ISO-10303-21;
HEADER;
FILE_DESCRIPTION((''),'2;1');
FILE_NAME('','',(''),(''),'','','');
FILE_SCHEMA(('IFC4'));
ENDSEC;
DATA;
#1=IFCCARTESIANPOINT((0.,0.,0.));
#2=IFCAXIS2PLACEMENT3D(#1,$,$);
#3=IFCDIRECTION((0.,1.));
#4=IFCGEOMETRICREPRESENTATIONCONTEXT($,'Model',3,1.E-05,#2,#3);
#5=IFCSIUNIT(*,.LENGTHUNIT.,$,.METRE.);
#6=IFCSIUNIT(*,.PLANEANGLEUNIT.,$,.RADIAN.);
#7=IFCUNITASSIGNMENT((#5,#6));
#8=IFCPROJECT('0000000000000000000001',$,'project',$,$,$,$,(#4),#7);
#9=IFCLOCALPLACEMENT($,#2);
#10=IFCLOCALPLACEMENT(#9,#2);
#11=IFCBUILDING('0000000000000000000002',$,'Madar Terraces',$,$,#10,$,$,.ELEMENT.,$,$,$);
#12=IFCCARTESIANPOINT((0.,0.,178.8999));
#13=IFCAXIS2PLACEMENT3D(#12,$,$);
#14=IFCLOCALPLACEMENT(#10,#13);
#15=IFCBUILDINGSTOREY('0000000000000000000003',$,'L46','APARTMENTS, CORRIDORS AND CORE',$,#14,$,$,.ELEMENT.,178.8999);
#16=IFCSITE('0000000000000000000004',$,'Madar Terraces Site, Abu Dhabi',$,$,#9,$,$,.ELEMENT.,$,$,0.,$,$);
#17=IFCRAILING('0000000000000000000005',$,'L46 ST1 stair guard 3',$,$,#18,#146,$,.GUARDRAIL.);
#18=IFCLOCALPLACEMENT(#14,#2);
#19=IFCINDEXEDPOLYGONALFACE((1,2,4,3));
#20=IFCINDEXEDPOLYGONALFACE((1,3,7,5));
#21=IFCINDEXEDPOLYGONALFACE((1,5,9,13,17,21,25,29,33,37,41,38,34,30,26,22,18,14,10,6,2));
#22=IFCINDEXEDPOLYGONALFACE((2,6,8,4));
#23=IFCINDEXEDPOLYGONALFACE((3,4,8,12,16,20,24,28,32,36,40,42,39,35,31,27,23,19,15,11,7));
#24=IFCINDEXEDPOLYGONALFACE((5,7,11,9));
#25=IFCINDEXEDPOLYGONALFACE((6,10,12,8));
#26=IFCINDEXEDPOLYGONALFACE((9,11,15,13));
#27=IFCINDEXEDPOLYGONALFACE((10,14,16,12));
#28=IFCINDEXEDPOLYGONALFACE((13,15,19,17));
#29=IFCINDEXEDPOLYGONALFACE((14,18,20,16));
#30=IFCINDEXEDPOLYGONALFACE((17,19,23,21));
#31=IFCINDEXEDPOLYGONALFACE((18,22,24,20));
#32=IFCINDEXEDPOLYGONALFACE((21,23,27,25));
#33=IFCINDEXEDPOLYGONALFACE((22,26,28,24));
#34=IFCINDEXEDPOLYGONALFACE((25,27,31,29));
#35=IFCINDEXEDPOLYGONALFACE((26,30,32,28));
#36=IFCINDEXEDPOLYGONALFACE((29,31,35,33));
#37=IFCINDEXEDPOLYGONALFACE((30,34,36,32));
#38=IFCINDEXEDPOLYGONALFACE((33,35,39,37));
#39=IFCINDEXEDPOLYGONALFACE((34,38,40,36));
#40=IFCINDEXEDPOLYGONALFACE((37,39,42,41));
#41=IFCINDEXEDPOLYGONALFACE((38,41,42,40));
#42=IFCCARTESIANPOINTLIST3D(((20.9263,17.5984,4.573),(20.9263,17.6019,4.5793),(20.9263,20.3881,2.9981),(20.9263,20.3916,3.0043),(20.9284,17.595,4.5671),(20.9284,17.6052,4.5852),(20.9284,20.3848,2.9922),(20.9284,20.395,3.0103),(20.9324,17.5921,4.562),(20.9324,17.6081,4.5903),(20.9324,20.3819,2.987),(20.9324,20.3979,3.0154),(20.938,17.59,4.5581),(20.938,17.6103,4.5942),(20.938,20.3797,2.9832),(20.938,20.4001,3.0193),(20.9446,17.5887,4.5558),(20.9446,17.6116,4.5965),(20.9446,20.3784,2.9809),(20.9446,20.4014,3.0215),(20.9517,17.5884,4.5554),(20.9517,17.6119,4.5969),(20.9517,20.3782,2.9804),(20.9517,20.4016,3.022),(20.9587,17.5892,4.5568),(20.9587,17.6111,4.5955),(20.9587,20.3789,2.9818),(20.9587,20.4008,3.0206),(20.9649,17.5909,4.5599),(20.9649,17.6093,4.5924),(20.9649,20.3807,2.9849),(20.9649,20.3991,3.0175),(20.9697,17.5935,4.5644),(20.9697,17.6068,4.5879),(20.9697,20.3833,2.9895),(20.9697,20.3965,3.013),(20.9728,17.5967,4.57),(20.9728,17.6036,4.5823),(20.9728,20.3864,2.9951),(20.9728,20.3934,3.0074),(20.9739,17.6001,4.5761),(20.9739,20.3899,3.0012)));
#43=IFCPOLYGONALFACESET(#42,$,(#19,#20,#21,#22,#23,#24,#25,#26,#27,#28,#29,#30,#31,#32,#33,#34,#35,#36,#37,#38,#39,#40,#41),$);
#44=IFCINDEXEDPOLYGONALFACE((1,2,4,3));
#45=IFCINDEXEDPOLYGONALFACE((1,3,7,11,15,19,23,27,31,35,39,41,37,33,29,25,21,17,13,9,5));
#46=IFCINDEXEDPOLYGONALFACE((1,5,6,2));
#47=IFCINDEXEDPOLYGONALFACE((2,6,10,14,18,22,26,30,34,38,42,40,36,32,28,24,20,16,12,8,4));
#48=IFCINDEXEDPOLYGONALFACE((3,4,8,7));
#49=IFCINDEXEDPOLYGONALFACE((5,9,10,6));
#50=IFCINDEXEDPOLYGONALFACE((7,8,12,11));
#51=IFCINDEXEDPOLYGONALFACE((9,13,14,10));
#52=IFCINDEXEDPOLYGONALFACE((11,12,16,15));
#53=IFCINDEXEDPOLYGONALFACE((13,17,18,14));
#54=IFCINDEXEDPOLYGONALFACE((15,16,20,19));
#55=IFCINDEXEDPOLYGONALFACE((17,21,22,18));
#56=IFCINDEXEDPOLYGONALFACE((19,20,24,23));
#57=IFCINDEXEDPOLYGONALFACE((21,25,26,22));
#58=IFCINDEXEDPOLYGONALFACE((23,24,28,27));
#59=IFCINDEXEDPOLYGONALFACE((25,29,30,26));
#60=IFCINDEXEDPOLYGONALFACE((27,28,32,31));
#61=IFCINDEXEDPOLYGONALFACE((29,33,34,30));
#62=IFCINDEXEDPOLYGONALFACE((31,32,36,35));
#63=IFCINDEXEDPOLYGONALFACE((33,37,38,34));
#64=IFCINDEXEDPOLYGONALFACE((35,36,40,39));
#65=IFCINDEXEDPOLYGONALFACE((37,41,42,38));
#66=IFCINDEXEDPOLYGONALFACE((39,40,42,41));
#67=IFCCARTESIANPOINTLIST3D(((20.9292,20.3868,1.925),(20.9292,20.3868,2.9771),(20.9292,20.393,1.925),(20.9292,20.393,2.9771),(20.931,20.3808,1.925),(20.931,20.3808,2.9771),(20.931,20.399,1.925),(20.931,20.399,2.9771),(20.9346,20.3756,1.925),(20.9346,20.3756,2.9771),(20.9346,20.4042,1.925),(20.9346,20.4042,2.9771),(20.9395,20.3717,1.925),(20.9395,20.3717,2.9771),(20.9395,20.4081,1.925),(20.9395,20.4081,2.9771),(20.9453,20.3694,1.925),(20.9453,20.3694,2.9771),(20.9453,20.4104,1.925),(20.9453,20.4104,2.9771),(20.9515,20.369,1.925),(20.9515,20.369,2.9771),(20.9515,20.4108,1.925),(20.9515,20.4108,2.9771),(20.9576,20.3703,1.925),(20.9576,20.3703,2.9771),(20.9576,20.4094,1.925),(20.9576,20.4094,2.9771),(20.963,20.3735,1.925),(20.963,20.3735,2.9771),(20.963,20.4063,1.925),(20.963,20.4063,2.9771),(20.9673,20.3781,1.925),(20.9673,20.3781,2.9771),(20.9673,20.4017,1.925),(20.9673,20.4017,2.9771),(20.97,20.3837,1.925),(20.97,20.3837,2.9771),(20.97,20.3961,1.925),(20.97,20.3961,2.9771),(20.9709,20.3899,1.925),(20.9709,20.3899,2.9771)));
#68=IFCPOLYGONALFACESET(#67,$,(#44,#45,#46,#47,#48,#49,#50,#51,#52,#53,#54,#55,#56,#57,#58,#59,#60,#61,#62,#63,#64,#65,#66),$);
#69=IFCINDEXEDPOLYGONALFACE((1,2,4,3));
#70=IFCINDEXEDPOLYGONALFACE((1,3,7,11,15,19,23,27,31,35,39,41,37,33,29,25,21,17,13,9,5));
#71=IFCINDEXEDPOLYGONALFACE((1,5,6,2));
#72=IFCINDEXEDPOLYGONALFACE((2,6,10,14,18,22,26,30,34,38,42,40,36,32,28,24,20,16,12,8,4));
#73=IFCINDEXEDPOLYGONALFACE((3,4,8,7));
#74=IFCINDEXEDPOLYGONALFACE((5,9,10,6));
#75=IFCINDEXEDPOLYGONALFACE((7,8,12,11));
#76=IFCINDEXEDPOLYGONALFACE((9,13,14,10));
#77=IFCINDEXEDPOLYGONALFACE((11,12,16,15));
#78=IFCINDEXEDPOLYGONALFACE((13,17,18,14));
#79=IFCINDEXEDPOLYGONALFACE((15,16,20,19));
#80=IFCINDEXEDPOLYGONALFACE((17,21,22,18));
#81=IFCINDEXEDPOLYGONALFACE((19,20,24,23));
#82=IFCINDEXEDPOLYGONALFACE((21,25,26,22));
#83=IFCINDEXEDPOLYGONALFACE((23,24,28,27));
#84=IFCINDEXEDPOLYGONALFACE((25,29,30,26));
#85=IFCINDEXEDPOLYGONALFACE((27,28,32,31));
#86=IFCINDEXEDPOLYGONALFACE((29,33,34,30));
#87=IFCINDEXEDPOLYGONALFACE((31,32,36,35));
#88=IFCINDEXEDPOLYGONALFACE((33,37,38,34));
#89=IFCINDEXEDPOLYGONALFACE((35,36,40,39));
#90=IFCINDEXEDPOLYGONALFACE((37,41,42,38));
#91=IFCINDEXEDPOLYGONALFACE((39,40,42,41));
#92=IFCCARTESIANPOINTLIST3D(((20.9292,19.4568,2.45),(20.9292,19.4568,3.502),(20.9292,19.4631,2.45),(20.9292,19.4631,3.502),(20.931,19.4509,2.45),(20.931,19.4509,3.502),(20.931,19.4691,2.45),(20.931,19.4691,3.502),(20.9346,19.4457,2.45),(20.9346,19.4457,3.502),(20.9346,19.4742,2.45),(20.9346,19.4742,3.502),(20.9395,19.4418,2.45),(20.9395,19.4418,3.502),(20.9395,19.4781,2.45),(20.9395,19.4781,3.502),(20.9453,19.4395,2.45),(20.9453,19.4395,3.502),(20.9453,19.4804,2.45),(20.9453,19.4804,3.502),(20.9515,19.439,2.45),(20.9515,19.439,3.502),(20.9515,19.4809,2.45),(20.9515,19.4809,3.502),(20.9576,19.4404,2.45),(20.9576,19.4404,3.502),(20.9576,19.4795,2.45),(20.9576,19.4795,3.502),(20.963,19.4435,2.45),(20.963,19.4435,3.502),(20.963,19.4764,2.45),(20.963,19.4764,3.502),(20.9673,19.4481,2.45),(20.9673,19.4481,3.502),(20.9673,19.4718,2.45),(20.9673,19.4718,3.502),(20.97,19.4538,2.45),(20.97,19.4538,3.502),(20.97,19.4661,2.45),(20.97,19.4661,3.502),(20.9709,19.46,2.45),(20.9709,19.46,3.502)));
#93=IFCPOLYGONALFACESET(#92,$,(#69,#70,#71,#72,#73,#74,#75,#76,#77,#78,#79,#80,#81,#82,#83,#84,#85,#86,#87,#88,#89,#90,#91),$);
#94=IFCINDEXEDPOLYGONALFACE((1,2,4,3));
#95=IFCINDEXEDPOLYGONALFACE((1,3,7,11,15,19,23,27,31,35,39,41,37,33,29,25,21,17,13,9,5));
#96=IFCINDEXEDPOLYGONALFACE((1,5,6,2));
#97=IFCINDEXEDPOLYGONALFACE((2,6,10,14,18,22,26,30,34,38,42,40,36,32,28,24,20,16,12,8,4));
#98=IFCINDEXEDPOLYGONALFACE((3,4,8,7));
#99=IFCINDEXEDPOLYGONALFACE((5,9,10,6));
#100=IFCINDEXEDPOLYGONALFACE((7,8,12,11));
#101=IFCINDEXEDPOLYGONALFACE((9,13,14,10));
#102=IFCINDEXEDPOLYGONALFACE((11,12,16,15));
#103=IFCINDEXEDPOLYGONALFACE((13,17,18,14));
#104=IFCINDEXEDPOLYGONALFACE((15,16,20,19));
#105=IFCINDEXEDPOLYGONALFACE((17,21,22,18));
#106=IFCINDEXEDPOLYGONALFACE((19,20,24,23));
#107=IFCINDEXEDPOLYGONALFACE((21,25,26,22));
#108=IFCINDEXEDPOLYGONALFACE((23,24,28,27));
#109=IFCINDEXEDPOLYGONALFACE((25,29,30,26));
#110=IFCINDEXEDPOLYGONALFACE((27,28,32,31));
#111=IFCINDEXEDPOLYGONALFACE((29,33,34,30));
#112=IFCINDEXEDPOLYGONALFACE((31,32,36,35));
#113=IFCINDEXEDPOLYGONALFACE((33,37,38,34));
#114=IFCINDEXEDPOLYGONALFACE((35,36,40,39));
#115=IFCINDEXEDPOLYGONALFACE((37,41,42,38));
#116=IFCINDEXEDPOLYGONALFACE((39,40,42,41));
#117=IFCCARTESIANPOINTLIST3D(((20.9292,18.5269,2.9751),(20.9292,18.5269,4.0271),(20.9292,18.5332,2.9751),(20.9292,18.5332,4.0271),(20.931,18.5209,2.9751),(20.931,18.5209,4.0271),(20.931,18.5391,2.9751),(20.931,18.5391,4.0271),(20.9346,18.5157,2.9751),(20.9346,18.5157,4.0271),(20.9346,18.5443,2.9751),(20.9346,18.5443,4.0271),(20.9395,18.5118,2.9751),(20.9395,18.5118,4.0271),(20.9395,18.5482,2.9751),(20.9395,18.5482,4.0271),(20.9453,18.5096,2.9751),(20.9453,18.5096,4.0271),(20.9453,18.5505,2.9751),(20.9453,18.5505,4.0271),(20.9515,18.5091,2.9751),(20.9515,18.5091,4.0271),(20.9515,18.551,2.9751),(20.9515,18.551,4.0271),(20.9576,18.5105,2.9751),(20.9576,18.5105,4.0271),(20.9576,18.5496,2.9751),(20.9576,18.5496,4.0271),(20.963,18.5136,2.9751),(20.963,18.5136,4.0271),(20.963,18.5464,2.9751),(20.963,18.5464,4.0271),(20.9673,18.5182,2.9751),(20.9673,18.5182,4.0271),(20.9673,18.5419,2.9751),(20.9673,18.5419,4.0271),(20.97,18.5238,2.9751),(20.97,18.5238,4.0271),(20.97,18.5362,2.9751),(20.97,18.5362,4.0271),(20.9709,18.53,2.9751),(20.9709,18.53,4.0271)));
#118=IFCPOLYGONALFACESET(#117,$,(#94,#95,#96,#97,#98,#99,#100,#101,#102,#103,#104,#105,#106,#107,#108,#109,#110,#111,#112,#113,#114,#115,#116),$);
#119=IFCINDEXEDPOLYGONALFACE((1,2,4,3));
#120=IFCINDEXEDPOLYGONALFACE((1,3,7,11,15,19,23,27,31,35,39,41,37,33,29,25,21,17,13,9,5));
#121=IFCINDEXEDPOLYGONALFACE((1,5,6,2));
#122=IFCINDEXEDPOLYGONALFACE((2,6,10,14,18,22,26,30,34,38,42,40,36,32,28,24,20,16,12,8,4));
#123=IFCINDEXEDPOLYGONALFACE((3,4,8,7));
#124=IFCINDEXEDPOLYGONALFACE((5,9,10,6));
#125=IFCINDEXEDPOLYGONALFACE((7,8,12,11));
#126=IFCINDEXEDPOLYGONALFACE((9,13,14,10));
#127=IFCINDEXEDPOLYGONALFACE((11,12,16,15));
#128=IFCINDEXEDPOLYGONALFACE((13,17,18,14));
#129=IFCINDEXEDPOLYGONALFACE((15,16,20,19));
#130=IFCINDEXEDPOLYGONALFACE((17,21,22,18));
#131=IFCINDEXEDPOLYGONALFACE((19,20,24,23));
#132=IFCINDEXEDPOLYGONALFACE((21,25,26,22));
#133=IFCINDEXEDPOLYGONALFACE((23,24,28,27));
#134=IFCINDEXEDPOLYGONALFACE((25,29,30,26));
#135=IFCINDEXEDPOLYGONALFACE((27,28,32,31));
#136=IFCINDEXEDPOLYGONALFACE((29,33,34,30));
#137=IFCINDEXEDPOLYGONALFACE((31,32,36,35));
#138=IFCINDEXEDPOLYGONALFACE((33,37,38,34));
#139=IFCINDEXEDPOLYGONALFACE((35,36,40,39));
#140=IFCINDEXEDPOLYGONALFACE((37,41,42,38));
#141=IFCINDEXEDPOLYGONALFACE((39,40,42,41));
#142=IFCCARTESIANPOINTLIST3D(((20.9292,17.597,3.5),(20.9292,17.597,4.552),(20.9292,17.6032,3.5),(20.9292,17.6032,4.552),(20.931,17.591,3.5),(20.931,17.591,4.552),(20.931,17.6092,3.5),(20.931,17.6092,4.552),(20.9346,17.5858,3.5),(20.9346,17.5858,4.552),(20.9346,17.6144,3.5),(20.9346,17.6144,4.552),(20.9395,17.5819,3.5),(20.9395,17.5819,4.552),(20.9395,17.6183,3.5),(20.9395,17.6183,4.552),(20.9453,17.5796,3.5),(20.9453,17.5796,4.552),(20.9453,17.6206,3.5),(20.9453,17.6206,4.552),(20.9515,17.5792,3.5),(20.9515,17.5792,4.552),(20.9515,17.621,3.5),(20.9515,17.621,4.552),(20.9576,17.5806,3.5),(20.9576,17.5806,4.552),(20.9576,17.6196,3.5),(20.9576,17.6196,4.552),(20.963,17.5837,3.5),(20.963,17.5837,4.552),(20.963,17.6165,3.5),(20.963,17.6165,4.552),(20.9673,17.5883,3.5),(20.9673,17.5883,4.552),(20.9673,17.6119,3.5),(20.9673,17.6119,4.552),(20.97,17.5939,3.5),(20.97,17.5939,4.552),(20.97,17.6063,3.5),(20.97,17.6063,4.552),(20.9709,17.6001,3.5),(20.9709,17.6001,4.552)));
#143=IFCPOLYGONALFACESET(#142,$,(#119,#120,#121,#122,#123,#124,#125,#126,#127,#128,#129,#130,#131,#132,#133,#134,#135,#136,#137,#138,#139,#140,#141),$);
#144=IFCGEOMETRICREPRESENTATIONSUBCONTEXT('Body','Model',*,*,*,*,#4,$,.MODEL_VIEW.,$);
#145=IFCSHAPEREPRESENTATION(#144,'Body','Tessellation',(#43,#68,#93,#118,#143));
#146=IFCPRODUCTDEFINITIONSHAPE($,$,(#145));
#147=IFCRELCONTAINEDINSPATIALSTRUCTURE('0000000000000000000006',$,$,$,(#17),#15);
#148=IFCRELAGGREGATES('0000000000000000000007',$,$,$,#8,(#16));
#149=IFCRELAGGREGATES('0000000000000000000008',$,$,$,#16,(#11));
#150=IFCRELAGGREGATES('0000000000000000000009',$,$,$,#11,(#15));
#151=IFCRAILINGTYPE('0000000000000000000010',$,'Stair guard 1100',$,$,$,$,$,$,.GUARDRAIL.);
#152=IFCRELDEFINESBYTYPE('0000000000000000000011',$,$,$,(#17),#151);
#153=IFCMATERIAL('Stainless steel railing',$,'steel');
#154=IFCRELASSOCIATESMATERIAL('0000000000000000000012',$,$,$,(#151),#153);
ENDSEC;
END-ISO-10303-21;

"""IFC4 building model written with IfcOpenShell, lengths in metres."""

from ifc_helpers import new_model, si_unit, direction, frame, origin, origin_2d, place, context, subcontext, project, spatial, circle, extrude, material, type_object, element, save


model = new_model("IFC4")

# Units and contexts
model_context = context("Model", 3, precision=1e-05, world=origin(), true_north=direction((0.0, 1.0)))
body_context = subcontext(model_context, "Body", "Model", "MODEL_VIEW")
ifc_project = project(units=[si_unit("LENGTHUNIT", "METRE"), si_unit("PLANEANGLEUNIT", "RADIAN")], contexts=[model_context])

# Site, building, storey
site_placement = place(None, origin())
site = spatial("IfcSite", under=ifc_project, at=site_placement, Name="Madar Terraces Site, Abu Dhabi", CompositionType="ELEMENT", RefElevation=0.0)
building_placement = place(site_placement, origin())
building = spatial("IfcBuilding", under=site, at=building_placement, Name="Madar Terraces", CompositionType="ELEMENT")
storey_placement = place(building_placement, frame((0.0, 0.0, 178.8999)))
storey = spatial("IfcBuildingStorey", under=building, at=storey_placement, Name="L46", Description="APARTMENTS, CORRIDORS AND CORE", CompositionType="ELEMENT", Elevation=178.8999)

# Railing
ifc_material_1 = material(Name="Stainless steel railing", Category="steel")
railing_type_1 = type_object("IfcRailingType", Name="Stair guard 1100", PredefinedType="GUARDRAIL", material=ifc_material_1)
railing_1_placement = place(storey_placement, frame((20.95, 20.3899, 1.925)))
element("IfcRailing", 1, at=railing_1_placement, inside=storey, type_object=railing_type_1, Name="L46 ST1 stair guard 3", PredefinedType="GUARDRAIL", context=body_context, shape_type="SweptSolid", body=[
    extrude(circle(Radius=0.0239, at=origin_2d()), frame((0.0, 0.0, 1.0762), z_axis=(0.0, -0.870815, 0.49161), x_axis=(1.0, 0.0, 0.0)), (0.0, 0.0, 1.0), 3.2036),
    extrude(circle(Radius=0.021, at=origin_2d()), origin(), (0.0, 0.0, 1.0), 1.052),
    extrude(circle(Radius=0.021, at=origin_2d()), frame((0.0, -0.9299, 0.5249)), (0.0, 0.0, 1.0), 1.052),
    extrude(circle(Radius=0.021, at=origin_2d()), frame((0.0, -1.8599, 1.05)), (0.0, 0.0, 1.0), 1.052),
    extrude(circle(Radius=0.021, at=origin_2d()), frame((0.0, -2.7898, 1.575)), (0.0, 0.0, 1.0), 1.052),
])

save(model, "model.ifc")
